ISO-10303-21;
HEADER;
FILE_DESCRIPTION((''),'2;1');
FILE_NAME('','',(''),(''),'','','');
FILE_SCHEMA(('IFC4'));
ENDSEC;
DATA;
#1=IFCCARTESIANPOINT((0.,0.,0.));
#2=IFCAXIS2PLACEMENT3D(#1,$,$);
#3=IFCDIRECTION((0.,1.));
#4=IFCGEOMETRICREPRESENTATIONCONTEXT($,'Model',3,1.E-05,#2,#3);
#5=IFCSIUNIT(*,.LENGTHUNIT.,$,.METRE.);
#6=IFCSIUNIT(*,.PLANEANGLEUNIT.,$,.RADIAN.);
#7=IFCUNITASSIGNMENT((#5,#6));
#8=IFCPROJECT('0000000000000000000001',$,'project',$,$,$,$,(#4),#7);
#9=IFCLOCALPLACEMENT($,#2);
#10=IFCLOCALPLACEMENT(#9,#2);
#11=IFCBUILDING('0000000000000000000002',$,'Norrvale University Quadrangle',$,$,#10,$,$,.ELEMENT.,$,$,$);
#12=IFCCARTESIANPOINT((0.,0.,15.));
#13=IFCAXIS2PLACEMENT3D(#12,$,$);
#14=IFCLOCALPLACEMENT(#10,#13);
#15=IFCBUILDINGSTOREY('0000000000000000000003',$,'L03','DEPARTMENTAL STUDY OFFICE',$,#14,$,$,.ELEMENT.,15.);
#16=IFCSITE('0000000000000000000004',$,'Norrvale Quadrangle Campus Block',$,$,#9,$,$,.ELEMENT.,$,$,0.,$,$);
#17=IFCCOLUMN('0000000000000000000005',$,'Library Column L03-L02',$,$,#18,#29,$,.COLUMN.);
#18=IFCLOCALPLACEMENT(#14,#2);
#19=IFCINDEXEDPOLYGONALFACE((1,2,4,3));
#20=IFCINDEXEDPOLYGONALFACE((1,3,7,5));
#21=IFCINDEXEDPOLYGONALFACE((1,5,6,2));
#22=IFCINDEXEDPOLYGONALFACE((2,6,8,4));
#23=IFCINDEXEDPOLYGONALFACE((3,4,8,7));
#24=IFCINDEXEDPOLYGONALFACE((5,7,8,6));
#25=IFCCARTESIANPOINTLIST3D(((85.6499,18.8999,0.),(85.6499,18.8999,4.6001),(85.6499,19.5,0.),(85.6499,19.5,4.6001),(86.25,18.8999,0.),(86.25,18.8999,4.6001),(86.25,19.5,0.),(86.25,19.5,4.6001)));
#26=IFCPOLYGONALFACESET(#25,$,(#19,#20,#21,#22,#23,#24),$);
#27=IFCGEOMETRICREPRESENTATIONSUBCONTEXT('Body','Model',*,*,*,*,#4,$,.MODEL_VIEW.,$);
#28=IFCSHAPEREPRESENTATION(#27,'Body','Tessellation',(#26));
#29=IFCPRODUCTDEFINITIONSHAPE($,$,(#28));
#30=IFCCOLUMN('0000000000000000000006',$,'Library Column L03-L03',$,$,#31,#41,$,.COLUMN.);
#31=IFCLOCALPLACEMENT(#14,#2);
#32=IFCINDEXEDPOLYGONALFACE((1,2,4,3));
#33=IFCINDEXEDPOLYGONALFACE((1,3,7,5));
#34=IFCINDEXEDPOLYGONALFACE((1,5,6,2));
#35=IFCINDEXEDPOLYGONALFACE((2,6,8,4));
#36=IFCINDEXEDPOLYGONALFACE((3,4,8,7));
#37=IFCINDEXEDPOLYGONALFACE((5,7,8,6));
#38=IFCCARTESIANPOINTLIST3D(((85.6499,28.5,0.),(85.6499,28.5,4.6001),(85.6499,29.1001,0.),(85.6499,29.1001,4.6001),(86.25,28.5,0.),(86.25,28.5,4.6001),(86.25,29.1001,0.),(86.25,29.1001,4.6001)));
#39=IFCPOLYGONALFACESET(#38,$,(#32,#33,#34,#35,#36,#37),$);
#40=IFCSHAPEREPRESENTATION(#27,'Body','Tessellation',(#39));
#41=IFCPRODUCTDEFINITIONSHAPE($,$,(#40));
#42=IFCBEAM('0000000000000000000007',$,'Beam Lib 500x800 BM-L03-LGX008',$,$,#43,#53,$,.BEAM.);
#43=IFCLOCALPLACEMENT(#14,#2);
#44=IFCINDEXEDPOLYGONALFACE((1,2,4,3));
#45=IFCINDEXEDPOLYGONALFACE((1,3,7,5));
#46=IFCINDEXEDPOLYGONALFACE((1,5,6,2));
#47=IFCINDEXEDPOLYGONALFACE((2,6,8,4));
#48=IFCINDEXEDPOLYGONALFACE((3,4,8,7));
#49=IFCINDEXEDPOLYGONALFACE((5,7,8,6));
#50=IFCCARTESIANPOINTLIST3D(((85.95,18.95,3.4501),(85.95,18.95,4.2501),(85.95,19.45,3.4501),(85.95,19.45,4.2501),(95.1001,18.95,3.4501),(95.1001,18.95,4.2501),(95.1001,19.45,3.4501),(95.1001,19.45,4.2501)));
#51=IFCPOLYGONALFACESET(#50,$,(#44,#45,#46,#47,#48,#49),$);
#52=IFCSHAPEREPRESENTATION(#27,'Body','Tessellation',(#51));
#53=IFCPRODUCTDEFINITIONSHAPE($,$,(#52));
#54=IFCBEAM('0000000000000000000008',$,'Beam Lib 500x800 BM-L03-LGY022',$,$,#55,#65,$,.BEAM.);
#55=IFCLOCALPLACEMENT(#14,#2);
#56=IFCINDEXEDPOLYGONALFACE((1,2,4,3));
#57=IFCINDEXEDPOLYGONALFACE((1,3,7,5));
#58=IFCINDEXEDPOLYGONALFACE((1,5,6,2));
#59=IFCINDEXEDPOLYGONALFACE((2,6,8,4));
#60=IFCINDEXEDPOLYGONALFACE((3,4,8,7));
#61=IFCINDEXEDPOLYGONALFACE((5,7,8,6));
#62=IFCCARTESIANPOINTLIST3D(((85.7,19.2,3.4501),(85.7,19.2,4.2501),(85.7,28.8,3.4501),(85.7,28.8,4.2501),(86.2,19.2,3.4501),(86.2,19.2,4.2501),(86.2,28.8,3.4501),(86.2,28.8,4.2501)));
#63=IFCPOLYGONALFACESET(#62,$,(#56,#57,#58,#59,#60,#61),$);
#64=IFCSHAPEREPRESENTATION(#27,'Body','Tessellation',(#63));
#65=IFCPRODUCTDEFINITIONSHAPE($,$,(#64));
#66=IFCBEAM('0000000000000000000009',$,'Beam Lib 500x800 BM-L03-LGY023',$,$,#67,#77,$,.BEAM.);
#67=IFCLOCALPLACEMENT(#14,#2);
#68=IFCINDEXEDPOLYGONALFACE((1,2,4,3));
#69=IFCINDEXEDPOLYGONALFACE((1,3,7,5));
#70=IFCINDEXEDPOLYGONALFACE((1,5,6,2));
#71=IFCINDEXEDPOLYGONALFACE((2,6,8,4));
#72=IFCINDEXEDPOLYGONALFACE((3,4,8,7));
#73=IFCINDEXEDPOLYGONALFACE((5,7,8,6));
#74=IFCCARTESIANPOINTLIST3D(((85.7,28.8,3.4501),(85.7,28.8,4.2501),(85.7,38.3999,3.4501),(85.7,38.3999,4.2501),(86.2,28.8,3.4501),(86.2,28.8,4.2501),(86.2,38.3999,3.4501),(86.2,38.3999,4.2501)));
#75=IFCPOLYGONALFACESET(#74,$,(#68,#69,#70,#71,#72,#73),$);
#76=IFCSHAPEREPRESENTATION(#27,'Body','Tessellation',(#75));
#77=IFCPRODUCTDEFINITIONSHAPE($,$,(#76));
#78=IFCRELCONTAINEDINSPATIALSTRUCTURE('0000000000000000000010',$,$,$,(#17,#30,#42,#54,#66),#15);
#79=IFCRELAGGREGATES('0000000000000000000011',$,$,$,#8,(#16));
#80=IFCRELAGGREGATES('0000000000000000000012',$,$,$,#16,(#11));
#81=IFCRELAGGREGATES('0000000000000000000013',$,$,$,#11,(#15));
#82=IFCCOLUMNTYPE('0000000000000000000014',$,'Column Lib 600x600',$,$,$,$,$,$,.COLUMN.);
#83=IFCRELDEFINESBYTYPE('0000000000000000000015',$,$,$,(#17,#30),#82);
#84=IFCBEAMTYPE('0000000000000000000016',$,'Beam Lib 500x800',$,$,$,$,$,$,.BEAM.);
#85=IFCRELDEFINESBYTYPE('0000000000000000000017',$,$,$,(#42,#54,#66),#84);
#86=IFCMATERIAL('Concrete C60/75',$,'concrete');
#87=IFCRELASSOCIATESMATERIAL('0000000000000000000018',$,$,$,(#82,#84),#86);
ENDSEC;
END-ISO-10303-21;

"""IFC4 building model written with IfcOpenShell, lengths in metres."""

from ifc_helpers import new_model, si_unit, direction, frame, origin, origin_2d, place, context, subcontext, project, spatial, rectangle, extrude, material, material_profile, profile_set, type_object, element, save


model = new_model("IFC4")

# Units and contexts
model_context = context("Model", 3, precision=1e-05, world=origin(), true_north=direction((0.0, 1.0)))
body_context = subcontext(model_context, "Body", "Model", "MODEL_VIEW")
ifc_project = project(units=[si_unit("LENGTHUNIT", "METRE"), si_unit("PLANEANGLEUNIT", "RADIAN")], contexts=[model_context])

# Site, building, storey
site_placement = place(None, origin())
site = spatial("IfcSite", under=ifc_project, at=site_placement, Name="Norrvale Quadrangle Campus Block", CompositionType="ELEMENT", RefElevation=0.0)
building_placement = place(site_placement, origin())
building = spatial("IfcBuilding", under=site, at=building_placement, Name="Norrvale University Quadrangle", CompositionType="ELEMENT")
storey_placement = place(building_placement, frame((0.0, 0.0, 15.0)))
storey = spatial("IfcBuildingStorey", under=building, at=storey_placement, Name="L03", Description="DEPARTMENTAL STUDY OFFICE", CompositionType="ELEMENT", Elevation=15.0)

# Columns
ifc_material = material(Name="Concrete C60/75", Category="concrete")
ifc_material_profile_1 = material_profile(ifc_material, rectangle(XDim=0.6001, YDim=0.6001, at=origin_2d()), Name="Concrete C60/75")
ifc_profile_set_1 = profile_set([ifc_material_profile_1], Name="Concrete C60/75")
column_type = type_object("IfcColumnType", Name="Column Lib 600x600", PredefinedType="COLUMN", material=ifc_profile_set_1)
for number, where, z_axis, x_axis, name in (
    (1, (85.95, 19.2, 0.0), (0.0, 0.0, 1.0), (1.0, 0.0, 0.0), "Library Column L03-L02"),
    (2, (85.95, 28.8, 0.0), (0.0, 0.0, 1.0), (1.0, 0.0, 0.0), "Library Column L03-L03"),
):
    element("IfcColumn", number, at=place(storey_placement, frame(where, z_axis=z_axis, x_axis=x_axis)), inside=storey, type_object=column_type, Name=name, PredefinedType="COLUMN", context=body_context, shape_type="SweptSolid", body=[
        extrude(rectangle(XDim=0.6001, YDim=0.6001, at=origin_2d()), origin(), (0.0, 0.0, 1.0), 4.6001),
    ])

# Beams
ifc_material_profile_2 = material_profile(ifc_material, rectangle(XDim=0.5, YDim=0.8, at=origin_2d()), Name="Concrete C60/75")
ifc_profile_set_2 = profile_set([ifc_material_profile_2], Name="Concrete C60/75")
beam_type = type_object("IfcBeamType", Name="Beam Lib 500x800", PredefinedType="BEAM", material=ifc_profile_set_2)
beam_1_placement = place(storey_placement, frame((85.95, 19.2, 3.8501), z_axis=(1.0, 0.0, 0.0), x_axis=(0.0, 1.0, 0.0)))
element("IfcBeam", 3, at=beam_1_placement, inside=storey, type_object=beam_type, Name="Beam Lib 500x800 BM-L03-LGX008", PredefinedType="BEAM", context=body_context, shape_type="SweptSolid", body=[
    extrude(rectangle(XDim=0.5, YDim=0.8, at=origin_2d()), origin(), (0.0, 0.0, 1.0), 9.1501),
])
beam_2_placement = place(storey_placement, frame((85.95, 19.2, 3.8501), z_axis=(0.0, 1.0, 0.0), x_axis=(-1.0, 0.0, 0.0)))
element("IfcBeam", 4, at=beam_2_placement, inside=storey, type_object=beam_type, Name="Beam Lib 500x800 BM-L03-LGY022", PredefinedType="BEAM", context=body_context, shape_type="SweptSolid", body=[
    extrude(rectangle(XDim=0.5, YDim=0.8, at=origin_2d()), origin(), (0.0, 0.0, 1.0), 9.6001),
])
beam_3_placement = place(storey_placement, frame((85.95, 28.8, 3.8501), z_axis=(0.0, 1.0, 0.0), x_axis=(-1.0, 0.0, 0.0)))
element("IfcBeam", 5, at=beam_3_placement, inside=storey, type_object=beam_type, Name="Beam Lib 500x800 BM-L03-LGY023", PredefinedType="BEAM", context=body_context, shape_type="SweptSolid", body=[
    extrude(rectangle(XDim=0.5, YDim=0.8, at=origin_2d()), origin(), (0.0, 0.0, 1.0), 9.5999),
])

save(model, "model.ifc")
